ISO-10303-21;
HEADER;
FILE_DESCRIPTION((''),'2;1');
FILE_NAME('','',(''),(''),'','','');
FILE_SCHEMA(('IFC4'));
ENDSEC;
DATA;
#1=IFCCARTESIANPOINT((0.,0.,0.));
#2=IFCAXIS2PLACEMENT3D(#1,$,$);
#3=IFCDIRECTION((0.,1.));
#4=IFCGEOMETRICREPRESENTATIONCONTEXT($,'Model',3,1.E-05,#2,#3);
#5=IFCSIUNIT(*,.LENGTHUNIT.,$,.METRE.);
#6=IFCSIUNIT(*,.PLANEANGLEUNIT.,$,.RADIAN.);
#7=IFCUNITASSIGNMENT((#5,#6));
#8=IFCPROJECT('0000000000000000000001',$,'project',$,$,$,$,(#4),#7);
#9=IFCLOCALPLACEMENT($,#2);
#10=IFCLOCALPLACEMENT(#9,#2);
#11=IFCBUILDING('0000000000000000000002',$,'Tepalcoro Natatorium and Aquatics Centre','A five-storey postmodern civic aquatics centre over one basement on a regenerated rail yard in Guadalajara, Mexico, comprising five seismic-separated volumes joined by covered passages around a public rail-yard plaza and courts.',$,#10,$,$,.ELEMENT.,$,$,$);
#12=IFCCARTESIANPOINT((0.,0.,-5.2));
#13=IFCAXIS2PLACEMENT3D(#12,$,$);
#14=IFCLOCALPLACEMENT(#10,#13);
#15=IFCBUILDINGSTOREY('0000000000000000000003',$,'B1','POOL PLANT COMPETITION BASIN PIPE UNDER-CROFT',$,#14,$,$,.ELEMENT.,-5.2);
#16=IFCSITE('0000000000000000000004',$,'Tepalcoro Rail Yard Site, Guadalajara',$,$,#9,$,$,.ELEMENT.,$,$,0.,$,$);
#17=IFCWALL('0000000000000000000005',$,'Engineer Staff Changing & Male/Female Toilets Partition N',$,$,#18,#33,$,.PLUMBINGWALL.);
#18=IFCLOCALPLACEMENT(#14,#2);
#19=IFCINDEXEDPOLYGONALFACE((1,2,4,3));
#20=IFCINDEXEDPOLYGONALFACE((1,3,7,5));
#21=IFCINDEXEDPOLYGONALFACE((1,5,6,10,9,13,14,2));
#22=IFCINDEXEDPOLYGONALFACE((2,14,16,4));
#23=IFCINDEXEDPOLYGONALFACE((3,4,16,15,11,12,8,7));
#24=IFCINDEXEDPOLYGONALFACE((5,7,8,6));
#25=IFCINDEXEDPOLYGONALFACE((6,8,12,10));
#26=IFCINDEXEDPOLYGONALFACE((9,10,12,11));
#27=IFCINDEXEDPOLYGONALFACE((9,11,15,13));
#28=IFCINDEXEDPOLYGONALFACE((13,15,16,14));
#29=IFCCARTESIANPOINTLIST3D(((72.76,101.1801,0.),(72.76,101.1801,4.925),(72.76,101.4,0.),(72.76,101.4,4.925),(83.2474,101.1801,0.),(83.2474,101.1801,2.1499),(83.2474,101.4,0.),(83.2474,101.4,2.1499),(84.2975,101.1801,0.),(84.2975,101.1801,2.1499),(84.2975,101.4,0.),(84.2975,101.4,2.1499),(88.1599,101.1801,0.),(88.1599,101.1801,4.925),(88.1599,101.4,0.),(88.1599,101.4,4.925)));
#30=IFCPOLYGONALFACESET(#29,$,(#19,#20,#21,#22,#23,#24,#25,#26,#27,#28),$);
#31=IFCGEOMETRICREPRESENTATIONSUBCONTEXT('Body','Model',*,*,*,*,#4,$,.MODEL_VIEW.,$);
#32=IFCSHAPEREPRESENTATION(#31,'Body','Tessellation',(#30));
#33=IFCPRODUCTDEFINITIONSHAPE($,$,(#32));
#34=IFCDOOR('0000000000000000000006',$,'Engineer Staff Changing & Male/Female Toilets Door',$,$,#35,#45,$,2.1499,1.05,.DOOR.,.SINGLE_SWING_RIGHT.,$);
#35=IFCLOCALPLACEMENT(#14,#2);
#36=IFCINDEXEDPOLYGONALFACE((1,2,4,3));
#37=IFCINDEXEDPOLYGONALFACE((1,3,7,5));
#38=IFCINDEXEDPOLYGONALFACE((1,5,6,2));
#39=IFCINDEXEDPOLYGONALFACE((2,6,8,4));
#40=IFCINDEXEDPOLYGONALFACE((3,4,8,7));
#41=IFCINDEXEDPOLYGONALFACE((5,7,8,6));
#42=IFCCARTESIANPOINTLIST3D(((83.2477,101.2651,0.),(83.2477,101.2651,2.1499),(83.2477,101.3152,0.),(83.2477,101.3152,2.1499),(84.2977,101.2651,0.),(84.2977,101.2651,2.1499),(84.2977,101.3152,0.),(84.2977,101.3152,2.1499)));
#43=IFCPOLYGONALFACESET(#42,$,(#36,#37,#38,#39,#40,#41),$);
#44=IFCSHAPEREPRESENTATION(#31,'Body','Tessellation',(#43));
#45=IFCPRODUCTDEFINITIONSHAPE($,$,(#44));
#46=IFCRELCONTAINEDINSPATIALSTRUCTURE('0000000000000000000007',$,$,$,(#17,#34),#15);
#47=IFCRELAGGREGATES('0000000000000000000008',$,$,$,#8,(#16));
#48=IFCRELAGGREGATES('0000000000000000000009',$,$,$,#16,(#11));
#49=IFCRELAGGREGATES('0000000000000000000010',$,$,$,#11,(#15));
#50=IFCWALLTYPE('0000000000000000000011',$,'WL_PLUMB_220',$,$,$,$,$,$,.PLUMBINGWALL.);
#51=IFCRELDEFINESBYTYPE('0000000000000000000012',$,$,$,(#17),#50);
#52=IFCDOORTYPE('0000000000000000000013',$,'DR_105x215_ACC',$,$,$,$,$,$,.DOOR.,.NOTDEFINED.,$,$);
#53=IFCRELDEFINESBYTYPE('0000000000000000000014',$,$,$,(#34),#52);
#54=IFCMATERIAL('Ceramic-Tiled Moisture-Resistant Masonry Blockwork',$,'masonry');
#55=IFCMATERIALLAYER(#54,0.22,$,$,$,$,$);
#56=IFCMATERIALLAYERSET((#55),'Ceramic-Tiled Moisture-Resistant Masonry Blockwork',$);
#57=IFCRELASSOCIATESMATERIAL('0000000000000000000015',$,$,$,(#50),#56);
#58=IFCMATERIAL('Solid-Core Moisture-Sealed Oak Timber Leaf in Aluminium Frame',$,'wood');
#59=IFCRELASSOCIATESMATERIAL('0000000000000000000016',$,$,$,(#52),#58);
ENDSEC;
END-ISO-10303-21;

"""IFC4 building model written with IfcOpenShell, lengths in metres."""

from ifc_helpers import new_model, si_unit, direction, frame, frame_2d, origin, place, context, subcontext, project, spatial, rectangle, extrude, material, layer, layer_set, type_object, element, fill, save


model = new_model("IFC4")

# Units and contexts
model_context = context("Model", 3, precision=1e-05, world=origin(), true_north=direction((0.0, 1.0)))
body_context = subcontext(model_context, "Body", "Model", "MODEL_VIEW")
ifc_project = project(units=[si_unit("LENGTHUNIT", "METRE"), si_unit("PLANEANGLEUNIT", "RADIAN")], contexts=[model_context])

# Site, building, storey
site_placement = place(None, origin())
site = spatial("IfcSite", under=ifc_project, at=site_placement, Name="Tepalcoro Rail Yard Site, Guadalajara", CompositionType="ELEMENT", RefElevation=0.0)
building_placement = place(site_placement, origin())
building = spatial("IfcBuilding", under=site, at=building_placement, Name="Tepalcoro Natatorium and Aquatics Centre", Description="A five-storey postmodern civic aquatics centre over one basement on a regenerated rail yard in Guadalajara, Mexico, comprising five seismic-separated volumes joined by covered passages around a public rail-yard plaza and courts.", CompositionType="ELEMENT")
storey_placement = place(building_placement, frame((0.0, 0.0, -5.2)))
storey = spatial("IfcBuildingStorey", under=building, at=storey_placement, Name="B1", Description="POOL PLANT COMPETITION BASIN PIPE UNDER-CROFT", CompositionType="ELEMENT", Elevation=-5.2)

# Wall, opening, door
ifc_material_1 = material(Name="Ceramic-Tiled Moisture-Resistant Masonry Blockwork", Category="masonry")
ifc_layer_1 = layer(ifc_material_1, 0.22)
ifc_layer_set_1 = layer_set([ifc_layer_1], Name="Ceramic-Tiled Moisture-Resistant Masonry Blockwork")
wall_type_1 = type_object("IfcWallType", Name="WL_PLUMB_220", PredefinedType="PLUMBINGWALL", material=ifc_layer_set_1)
wall_1_placement = place(storey_placement, frame((72.76, 101.29, 0.0), z_axis=(0.0, 0.0, 1.0), x_axis=(1.0, 0.0, 0.0)))
wall_1 = element("IfcWall", 1, at=wall_1_placement, inside=storey, type_object=wall_type_1, Name="Engineer Staff Changing & Male/Female Toilets Partition N", PredefinedType="PLUMBINGWALL", context=body_context, shape_type="SweptSolid", body=[
    extrude(rectangle(XDim=15.3999, YDim=0.22, at=frame_2d((7.7, 0.0))), origin(), (0.0, 0.0, 1.0), 4.925),
])
opening_1_placement = place(wall_1_placement, frame((10.4875, 0.0, 0.0)))
opening_1 = element("IfcOpeningElement", 2, at=opening_1_placement, cuts=wall_1, PredefinedType="OPENING", context=body_context, shape_type="SweptSolid", body=[
    extrude(rectangle(XDim=1.05, YDim=2.1499, at=frame_2d((0.5249, 1.075))), frame((0.0, 0.1221, 0.0), z_axis=(0.0, -1.0, 0.0), x_axis=(1.0, 0.0, 0.0)), (0.0, 0.0, 1.0), 0.2439),
])
ifc_material_2 = material(Name="Solid-Core Moisture-Sealed Oak Timber Leaf in Aluminium Frame", Category="wood")
door_type_1 = type_object("IfcDoorType", Name="DR_105x215_ACC", OperationType="NOTDEFINED", PredefinedType="DOOR", material=ifc_material_2)
door_1_placement = place(opening_1_placement, frame((1.05, 0.0, 0.0), z_axis=(0.0, 0.0, 1.0), x_axis=(-1.0, 0.0, 0.0)))
door_1 = element("IfcDoor", 3, at=door_1_placement, inside=storey, type_object=door_type_1, Name="Engineer Staff Changing & Male/Female Toilets Door", OperationType="SINGLE_SWING_RIGHT", OverallHeight=2.1499, OverallWidth=1.05, PredefinedType="DOOR", context=body_context, shape_type="SweptSolid", body=[
    extrude(rectangle(XDim=1.05, YDim=2.1499, at=frame_2d((0.5249, 1.075))), frame((0.0, 0.0249, 0.0), z_axis=(0.0, -1.0, 0.0), x_axis=(1.0, 0.0, 0.0)), (0.0, 0.0, 1.0), 0.05),
])
fill(opening_1, door_1)

save(model, "model.ifc")
